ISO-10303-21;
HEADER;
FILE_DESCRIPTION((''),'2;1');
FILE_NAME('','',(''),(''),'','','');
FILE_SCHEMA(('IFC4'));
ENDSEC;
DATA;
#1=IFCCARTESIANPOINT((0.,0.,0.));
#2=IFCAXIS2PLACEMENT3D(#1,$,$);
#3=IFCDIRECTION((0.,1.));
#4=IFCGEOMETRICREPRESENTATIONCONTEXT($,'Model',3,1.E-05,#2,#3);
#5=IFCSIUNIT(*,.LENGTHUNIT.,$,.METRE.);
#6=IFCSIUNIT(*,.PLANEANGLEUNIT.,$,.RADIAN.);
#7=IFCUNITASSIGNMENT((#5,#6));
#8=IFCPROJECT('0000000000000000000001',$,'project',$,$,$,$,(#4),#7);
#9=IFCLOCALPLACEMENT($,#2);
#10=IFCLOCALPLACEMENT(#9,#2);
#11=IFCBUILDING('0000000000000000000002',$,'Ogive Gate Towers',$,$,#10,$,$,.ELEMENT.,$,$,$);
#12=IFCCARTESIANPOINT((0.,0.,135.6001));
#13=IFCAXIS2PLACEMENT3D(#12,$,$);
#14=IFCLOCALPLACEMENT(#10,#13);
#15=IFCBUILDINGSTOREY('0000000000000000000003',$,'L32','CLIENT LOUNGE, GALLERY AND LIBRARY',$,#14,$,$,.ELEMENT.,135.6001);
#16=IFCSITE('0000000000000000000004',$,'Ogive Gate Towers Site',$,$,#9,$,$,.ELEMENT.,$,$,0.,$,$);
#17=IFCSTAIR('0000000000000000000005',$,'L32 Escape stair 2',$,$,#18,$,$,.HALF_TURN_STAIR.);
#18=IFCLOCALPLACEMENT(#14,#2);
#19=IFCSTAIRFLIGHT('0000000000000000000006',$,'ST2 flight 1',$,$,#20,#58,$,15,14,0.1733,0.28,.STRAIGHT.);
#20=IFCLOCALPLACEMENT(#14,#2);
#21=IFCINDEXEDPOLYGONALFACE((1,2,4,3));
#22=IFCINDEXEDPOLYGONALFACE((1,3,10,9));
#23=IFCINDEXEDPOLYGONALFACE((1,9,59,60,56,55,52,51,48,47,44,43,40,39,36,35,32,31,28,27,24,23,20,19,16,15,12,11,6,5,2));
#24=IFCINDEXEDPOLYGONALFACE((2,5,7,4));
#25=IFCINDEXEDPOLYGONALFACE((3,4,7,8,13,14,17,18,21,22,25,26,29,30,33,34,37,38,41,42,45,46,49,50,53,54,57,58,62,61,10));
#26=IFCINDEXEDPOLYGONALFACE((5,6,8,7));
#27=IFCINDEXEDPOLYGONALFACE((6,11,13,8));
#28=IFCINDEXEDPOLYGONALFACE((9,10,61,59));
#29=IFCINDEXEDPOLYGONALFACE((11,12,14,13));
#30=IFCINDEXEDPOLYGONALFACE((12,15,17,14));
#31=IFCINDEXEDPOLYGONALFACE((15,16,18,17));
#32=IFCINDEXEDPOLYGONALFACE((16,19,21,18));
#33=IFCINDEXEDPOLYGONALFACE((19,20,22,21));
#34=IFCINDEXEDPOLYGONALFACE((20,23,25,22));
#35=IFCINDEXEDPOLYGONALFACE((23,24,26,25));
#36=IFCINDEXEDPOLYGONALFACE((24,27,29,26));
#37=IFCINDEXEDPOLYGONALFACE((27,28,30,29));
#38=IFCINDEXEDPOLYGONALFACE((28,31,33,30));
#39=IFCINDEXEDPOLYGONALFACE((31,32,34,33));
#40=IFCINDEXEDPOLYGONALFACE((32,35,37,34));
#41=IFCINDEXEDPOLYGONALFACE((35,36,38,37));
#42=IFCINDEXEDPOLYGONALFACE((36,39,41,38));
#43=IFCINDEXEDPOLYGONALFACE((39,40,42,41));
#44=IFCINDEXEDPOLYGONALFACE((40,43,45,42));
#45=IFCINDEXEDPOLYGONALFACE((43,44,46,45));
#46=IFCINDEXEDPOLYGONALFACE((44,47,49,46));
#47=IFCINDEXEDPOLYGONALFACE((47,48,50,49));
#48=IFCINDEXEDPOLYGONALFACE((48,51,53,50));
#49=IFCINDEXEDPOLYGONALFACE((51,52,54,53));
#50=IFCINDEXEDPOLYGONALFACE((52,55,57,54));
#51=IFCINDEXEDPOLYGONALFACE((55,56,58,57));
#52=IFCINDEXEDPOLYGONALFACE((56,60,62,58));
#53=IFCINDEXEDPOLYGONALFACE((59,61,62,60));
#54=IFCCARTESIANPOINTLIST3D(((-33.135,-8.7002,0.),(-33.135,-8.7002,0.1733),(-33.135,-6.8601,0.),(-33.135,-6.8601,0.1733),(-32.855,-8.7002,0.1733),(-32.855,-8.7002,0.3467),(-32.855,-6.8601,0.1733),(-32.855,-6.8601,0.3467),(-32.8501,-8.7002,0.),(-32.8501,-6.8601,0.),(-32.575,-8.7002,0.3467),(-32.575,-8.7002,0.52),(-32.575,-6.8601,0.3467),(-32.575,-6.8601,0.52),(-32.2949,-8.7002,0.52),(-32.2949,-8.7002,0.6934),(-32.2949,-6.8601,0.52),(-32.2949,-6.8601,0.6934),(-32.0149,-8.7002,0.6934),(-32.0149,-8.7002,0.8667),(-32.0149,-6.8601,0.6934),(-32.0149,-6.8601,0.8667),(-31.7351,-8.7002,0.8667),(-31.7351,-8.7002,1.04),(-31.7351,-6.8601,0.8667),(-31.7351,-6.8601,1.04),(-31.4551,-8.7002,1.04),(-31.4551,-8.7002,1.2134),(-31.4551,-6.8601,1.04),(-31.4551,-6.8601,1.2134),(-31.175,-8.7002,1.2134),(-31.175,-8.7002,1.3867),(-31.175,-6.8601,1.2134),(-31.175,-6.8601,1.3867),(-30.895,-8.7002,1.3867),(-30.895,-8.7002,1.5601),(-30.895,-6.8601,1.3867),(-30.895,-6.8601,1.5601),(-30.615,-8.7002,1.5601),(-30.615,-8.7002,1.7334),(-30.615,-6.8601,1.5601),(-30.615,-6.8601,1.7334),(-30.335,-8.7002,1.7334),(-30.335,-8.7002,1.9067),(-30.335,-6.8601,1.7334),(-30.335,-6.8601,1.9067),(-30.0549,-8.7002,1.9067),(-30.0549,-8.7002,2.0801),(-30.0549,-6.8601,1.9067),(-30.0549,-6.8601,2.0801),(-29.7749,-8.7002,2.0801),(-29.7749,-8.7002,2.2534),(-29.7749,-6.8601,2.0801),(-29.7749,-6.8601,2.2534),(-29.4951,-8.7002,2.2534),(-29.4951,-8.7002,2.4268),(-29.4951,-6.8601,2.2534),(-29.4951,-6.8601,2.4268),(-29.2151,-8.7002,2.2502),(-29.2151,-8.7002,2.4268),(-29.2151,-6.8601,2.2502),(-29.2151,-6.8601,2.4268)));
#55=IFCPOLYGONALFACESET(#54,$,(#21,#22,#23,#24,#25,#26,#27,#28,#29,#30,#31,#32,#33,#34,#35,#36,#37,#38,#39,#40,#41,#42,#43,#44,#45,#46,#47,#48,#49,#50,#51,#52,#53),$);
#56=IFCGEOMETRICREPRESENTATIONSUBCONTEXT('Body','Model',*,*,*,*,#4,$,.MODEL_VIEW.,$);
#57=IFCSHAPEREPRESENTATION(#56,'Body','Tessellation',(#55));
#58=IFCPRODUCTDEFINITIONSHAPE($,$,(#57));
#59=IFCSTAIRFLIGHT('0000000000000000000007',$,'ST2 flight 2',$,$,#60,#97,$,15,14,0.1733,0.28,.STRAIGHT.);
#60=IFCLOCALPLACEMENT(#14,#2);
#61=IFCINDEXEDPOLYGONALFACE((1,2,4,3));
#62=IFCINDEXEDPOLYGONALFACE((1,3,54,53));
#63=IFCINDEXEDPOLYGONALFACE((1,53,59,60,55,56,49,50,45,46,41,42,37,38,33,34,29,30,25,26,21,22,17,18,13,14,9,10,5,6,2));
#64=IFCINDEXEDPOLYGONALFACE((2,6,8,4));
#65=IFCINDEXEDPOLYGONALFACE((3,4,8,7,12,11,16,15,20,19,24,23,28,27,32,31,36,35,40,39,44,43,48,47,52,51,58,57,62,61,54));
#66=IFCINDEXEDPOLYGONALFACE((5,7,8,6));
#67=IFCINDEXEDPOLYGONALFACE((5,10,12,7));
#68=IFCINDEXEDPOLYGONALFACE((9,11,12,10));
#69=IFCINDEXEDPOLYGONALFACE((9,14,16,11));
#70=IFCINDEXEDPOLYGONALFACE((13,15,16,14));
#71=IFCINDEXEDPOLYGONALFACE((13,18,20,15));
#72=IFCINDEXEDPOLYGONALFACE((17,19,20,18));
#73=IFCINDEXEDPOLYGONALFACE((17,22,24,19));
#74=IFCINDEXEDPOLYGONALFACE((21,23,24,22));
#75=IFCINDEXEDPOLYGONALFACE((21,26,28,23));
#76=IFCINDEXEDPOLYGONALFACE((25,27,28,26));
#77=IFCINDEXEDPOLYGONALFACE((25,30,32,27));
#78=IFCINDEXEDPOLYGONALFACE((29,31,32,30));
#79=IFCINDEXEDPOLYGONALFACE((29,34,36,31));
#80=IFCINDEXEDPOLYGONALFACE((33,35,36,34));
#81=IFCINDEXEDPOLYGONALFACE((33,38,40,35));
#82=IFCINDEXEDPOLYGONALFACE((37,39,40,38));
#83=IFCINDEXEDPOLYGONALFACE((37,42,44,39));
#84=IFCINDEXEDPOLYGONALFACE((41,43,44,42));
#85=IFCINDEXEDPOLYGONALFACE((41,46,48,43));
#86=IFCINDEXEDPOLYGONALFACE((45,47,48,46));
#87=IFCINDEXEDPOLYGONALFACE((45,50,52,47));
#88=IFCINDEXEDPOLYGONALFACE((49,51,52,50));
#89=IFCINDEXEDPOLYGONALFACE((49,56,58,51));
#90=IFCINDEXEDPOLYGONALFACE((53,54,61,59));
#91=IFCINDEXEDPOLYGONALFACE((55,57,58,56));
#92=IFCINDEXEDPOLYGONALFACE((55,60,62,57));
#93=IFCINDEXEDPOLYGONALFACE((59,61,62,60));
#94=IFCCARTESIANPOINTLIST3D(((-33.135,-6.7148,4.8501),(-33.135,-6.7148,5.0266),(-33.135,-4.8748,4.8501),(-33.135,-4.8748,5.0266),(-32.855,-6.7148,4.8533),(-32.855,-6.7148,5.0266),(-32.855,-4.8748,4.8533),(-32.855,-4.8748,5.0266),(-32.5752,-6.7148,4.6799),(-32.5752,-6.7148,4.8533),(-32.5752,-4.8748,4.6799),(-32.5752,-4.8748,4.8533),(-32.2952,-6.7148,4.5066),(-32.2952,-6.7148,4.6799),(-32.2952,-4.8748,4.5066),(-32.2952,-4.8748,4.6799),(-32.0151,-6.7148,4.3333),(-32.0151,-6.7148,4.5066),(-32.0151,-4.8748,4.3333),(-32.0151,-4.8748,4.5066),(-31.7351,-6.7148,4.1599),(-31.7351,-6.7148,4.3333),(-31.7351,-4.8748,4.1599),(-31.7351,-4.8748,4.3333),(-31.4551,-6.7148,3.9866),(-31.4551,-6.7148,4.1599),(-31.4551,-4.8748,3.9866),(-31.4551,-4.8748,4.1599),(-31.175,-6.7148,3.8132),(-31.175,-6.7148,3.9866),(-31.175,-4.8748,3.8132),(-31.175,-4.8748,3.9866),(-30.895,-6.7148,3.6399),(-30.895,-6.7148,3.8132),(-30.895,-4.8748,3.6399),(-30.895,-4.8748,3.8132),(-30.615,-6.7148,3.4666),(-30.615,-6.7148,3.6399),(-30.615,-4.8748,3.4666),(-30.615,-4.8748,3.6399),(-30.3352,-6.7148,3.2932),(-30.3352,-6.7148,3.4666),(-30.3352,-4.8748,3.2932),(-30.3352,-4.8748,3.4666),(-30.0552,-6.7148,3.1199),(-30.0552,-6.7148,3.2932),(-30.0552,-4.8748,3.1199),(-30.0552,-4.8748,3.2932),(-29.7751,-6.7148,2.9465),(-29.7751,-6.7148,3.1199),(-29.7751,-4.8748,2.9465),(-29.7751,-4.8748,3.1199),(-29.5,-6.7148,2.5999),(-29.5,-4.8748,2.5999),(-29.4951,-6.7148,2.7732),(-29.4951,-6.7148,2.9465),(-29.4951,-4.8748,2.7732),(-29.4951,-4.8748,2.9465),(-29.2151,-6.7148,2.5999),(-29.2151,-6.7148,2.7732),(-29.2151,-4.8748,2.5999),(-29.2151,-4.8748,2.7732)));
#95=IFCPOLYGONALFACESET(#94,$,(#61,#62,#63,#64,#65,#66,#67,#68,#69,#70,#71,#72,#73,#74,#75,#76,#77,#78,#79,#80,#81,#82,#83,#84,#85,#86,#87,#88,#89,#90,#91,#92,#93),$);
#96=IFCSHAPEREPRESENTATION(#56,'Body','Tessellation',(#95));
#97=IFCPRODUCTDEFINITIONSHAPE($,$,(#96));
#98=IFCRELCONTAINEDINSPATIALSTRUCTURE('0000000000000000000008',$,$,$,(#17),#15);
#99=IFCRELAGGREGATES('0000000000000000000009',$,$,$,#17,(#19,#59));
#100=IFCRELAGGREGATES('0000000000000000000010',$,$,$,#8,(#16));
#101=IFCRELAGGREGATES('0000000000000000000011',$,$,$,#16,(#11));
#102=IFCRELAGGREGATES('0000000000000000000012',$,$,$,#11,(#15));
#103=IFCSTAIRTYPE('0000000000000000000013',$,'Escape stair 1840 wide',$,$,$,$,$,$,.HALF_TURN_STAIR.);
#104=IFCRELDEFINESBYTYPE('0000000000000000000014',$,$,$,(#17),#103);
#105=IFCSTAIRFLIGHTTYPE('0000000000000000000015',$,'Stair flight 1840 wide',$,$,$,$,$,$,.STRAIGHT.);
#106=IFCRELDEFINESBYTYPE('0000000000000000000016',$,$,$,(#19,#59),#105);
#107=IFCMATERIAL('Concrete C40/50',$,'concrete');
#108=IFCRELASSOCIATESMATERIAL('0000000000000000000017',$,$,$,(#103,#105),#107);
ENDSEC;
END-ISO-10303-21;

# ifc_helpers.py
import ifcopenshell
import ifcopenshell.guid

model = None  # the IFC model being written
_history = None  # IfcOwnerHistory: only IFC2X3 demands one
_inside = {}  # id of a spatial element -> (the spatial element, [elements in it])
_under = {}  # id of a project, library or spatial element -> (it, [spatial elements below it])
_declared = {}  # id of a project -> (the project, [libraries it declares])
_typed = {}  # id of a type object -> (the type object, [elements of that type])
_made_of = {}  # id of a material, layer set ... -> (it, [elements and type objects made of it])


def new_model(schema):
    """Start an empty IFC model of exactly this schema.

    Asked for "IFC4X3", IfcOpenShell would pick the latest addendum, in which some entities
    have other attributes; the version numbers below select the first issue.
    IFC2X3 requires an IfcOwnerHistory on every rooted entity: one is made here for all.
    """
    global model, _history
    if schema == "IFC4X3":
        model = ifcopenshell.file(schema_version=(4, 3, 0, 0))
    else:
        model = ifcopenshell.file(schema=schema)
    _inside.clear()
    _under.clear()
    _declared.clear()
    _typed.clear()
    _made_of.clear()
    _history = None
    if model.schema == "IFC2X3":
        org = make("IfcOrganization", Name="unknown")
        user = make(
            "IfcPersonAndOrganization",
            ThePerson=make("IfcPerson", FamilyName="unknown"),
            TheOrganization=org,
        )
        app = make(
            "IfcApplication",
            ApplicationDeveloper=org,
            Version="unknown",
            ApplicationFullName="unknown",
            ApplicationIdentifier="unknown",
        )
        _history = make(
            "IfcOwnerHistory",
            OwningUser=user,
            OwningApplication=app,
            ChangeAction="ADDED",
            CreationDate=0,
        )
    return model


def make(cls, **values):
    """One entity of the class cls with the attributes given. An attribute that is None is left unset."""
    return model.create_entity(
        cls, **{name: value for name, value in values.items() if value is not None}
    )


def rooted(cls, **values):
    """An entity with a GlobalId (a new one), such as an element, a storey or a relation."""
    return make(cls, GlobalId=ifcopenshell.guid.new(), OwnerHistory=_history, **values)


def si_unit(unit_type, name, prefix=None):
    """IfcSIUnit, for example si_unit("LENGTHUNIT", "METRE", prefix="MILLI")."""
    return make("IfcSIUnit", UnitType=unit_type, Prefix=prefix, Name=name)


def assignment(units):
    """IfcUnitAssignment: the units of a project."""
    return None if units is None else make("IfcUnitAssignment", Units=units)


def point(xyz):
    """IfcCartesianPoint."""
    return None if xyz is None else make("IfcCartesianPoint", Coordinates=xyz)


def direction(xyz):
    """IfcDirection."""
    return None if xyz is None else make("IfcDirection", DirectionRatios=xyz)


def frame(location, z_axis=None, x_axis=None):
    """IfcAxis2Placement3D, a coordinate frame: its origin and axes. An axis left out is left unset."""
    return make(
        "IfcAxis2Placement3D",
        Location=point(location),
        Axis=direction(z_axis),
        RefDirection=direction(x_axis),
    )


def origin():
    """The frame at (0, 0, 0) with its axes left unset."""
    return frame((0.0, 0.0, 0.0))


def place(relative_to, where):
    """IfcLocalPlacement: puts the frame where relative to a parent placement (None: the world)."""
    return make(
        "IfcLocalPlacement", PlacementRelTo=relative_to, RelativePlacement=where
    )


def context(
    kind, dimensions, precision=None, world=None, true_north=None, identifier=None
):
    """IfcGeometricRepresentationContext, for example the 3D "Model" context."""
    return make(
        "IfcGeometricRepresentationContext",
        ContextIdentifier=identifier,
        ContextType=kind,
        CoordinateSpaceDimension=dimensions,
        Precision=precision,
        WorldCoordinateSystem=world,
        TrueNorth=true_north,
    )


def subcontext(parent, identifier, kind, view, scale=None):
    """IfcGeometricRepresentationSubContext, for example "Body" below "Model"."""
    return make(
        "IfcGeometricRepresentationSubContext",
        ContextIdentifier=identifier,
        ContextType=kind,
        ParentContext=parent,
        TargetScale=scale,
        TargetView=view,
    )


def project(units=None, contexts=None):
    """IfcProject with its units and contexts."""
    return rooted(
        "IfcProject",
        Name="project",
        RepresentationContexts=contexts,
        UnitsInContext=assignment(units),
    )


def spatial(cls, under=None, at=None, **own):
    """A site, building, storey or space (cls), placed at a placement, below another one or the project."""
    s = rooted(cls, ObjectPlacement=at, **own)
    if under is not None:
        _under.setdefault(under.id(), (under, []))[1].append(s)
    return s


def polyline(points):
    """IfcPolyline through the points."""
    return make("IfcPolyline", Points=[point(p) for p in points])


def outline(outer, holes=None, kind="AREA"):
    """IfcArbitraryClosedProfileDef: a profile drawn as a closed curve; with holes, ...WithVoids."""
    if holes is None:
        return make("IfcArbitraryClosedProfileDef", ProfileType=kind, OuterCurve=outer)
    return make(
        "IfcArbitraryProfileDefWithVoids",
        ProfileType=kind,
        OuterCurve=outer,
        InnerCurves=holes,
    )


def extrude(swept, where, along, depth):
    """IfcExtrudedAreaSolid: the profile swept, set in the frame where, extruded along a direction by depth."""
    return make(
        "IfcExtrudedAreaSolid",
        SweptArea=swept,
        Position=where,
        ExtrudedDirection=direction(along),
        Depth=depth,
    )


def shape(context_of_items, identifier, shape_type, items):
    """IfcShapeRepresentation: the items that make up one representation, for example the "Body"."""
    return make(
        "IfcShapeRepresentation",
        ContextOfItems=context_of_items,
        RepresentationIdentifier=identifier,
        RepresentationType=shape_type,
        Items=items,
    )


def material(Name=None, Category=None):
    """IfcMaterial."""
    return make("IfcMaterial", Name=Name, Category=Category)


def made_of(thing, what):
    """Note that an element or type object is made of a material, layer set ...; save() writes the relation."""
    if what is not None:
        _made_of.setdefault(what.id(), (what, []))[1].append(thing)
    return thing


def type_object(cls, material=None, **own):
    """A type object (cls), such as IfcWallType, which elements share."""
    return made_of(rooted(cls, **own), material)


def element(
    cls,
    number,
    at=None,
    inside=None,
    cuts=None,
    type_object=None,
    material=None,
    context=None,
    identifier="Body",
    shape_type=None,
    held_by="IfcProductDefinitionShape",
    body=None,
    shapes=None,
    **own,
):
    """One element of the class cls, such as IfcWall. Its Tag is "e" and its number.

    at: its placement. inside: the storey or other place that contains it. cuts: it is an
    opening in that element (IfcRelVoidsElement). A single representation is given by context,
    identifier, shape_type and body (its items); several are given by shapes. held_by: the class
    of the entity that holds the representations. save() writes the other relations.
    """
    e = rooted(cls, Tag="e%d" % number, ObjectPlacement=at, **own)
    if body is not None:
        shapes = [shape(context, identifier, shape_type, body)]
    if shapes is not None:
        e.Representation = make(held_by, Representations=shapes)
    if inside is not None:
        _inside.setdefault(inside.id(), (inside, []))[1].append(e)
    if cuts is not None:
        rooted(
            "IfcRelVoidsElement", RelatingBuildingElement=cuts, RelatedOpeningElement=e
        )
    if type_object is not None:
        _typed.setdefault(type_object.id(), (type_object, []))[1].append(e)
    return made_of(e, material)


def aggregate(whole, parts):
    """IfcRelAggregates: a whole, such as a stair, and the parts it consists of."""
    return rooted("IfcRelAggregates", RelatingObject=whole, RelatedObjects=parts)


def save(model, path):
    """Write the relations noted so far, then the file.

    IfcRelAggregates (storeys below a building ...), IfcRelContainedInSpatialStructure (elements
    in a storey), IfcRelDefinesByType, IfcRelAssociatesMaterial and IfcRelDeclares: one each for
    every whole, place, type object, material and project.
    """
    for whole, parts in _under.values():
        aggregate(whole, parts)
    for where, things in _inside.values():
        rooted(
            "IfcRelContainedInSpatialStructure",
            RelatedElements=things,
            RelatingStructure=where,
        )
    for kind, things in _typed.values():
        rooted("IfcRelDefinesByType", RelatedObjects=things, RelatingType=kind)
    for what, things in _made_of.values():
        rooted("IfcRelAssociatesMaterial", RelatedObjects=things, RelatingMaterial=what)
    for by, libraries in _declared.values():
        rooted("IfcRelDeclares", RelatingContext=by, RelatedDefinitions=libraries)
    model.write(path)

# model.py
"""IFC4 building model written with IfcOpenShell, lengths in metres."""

from ifc_helpers import new_model, si_unit, direction, frame, origin, place, context, subcontext, project, spatial, polyline, outline, extrude, material, type_object, element, aggregate, save


model = new_model("IFC4")

# Units and contexts
model_context = context("Model", 3, precision=1e-05, world=origin(), true_north=direction((0.0, 1.0)))
body_context = subcontext(model_context, "Body", "Model", "MODEL_VIEW")
ifc_project = project(units=[si_unit("LENGTHUNIT", "METRE"), si_unit("PLANEANGLEUNIT", "RADIAN")], contexts=[model_context])

# Site, building, storey
site_placement = place(None, origin())
site = spatial("IfcSite", under=ifc_project, at=site_placement, Name="Ogive Gate Towers Site", CompositionType="ELEMENT", RefElevation=0.0)
building_placement = place(site_placement, origin())
building = spatial("IfcBuilding", under=site, at=building_placement, Name="Ogive Gate Towers", CompositionType="ELEMENT")
storey_placement = place(building_placement, frame((0.0, 0.0, 135.6001)))
storey = spatial("IfcBuildingStorey", under=building, at=storey_placement, Name="L32", Description="CLIENT LOUNGE, GALLERY AND LIBRARY", CompositionType="ELEMENT", Elevation=135.6001)

# Shared definitions
ifc_material_1 = material(Name="Concrete C40/50", Category="concrete")

# Stair, stair flights
stair_type = type_object("IfcStairType", Name="Escape stair 1840 wide", PredefinedType="HALF_TURN_STAIR", material=ifc_material_1)
stair_placement = place(storey_placement, origin())
stair = element("IfcStair", 1, at=stair_placement, inside=storey, type_object=stair_type, Name="L32 Escape stair 2", PredefinedType="HALF_TURN_STAIR")
stair_flight_type = type_object("IfcStairFlightType", Name="Stair flight 1840 wide", PredefinedType="STRAIGHT", material=ifc_material_1)
stair_flight_1_placement = place(storey_placement, frame((-33.135, -7.78, 0.0), z_axis=(0.0, 0.0, 1.0), x_axis=(1.0, 0.0, 0.0)))
stair_flight_1 = element("IfcStairFlight", 2, at=stair_flight_1_placement, type_object=stair_flight_type, Name="ST2 flight 1", NumberOfRisers=15, NumberOfTreads=14, PredefinedType="STRAIGHT", RiserHeight=0.1733, TreadLength=0.28, context=body_context, shape_type="SweptSolid", body=[
    extrude(outline(polyline([(0.0, 0.0), (0.0, 0.1733), (0.28, 0.1733), (0.28, 0.3467), (0.5601, 0.3467), (0.5601, 0.52), (0.8401, 0.52), (0.8401, 0.6934), (1.1201, 0.6934), (1.1201, 0.8667), (1.3999, 0.8667), (1.3999, 1.04), (1.6799, 1.04), (1.6799, 1.2134), (1.96, 1.2134), (1.96, 1.3867), (2.24, 1.3867), (2.24, 1.5601), (2.52, 1.5601), (2.52, 1.7334), (2.8, 1.7334), (2.8, 1.9067), (3.0801, 1.9067), (3.0801, 2.0801), (3.3601, 2.0801), (3.3601, 2.2534), (3.6399, 2.2534), (3.6399, 2.4268), (3.9199, 2.4268), (3.9199, 2.6001), (3.9199, 2.2502), (0.2849, 0.0), (0.0, 0.0)])), frame((0.0, 0.9199, 0.0), z_axis=(0.0, -1.0, 0.0), x_axis=(1.0, 0.0, 0.0)), (0.0, 0.0, 1.0), 1.8401),
])
stair_flight_2_placement = place(storey_placement, frame((-29.2151, -5.7949, 2.5999), z_axis=(0.0, 0.0, 1.0), x_axis=(-1.0, 0.0, 0.0)))
stair_flight_2 = element("IfcStairFlight", 3, at=stair_flight_2_placement, type_object=stair_flight_type, Name="ST2 flight 2", NumberOfRisers=15, NumberOfTreads=14, PredefinedType="STRAIGHT", RiserHeight=0.1733, TreadLength=0.28, context=body_context, shape_type="SweptSolid", body=[
    extrude(outline(polyline([(0.0, 0.0), (0.0, 0.1733), (0.28, 0.1733), (0.28, 0.3467), (0.5601, 0.3467), (0.5601, 0.52), (0.8401, 0.52), (0.8401, 0.6934), (1.1201, 0.6934), (1.1201, 0.8667), (1.3999, 0.8667), (1.3999, 1.04), (1.6799, 1.04), (1.6799, 1.2134), (1.96, 1.2134), (1.96, 1.3867), (2.24, 1.3867), (2.24, 1.5601), (2.52, 1.5601), (2.52, 1.7334), (2.8, 1.7334), (2.8, 1.9067), (3.0801, 1.9067), (3.0801, 2.0801), (3.3601, 2.0801), (3.3601, 2.2534), (3.6399, 2.2534), (3.6399, 2.4268), (3.9199, 2.4268), (3.9199, 2.6001), (3.9199, 2.2502), (0.2849, 0.0), (0.0, 0.0)])), frame((0.0, 0.9199, 0.0), z_axis=(0.0, -1.0, 0.0), x_axis=(1.0, 0.0, 0.0)), (0.0, 0.0, 1.0), 1.8401),
])
aggregate(stair, [stair_flight_1, stair_flight_2])

save(model, "model.ifc")
